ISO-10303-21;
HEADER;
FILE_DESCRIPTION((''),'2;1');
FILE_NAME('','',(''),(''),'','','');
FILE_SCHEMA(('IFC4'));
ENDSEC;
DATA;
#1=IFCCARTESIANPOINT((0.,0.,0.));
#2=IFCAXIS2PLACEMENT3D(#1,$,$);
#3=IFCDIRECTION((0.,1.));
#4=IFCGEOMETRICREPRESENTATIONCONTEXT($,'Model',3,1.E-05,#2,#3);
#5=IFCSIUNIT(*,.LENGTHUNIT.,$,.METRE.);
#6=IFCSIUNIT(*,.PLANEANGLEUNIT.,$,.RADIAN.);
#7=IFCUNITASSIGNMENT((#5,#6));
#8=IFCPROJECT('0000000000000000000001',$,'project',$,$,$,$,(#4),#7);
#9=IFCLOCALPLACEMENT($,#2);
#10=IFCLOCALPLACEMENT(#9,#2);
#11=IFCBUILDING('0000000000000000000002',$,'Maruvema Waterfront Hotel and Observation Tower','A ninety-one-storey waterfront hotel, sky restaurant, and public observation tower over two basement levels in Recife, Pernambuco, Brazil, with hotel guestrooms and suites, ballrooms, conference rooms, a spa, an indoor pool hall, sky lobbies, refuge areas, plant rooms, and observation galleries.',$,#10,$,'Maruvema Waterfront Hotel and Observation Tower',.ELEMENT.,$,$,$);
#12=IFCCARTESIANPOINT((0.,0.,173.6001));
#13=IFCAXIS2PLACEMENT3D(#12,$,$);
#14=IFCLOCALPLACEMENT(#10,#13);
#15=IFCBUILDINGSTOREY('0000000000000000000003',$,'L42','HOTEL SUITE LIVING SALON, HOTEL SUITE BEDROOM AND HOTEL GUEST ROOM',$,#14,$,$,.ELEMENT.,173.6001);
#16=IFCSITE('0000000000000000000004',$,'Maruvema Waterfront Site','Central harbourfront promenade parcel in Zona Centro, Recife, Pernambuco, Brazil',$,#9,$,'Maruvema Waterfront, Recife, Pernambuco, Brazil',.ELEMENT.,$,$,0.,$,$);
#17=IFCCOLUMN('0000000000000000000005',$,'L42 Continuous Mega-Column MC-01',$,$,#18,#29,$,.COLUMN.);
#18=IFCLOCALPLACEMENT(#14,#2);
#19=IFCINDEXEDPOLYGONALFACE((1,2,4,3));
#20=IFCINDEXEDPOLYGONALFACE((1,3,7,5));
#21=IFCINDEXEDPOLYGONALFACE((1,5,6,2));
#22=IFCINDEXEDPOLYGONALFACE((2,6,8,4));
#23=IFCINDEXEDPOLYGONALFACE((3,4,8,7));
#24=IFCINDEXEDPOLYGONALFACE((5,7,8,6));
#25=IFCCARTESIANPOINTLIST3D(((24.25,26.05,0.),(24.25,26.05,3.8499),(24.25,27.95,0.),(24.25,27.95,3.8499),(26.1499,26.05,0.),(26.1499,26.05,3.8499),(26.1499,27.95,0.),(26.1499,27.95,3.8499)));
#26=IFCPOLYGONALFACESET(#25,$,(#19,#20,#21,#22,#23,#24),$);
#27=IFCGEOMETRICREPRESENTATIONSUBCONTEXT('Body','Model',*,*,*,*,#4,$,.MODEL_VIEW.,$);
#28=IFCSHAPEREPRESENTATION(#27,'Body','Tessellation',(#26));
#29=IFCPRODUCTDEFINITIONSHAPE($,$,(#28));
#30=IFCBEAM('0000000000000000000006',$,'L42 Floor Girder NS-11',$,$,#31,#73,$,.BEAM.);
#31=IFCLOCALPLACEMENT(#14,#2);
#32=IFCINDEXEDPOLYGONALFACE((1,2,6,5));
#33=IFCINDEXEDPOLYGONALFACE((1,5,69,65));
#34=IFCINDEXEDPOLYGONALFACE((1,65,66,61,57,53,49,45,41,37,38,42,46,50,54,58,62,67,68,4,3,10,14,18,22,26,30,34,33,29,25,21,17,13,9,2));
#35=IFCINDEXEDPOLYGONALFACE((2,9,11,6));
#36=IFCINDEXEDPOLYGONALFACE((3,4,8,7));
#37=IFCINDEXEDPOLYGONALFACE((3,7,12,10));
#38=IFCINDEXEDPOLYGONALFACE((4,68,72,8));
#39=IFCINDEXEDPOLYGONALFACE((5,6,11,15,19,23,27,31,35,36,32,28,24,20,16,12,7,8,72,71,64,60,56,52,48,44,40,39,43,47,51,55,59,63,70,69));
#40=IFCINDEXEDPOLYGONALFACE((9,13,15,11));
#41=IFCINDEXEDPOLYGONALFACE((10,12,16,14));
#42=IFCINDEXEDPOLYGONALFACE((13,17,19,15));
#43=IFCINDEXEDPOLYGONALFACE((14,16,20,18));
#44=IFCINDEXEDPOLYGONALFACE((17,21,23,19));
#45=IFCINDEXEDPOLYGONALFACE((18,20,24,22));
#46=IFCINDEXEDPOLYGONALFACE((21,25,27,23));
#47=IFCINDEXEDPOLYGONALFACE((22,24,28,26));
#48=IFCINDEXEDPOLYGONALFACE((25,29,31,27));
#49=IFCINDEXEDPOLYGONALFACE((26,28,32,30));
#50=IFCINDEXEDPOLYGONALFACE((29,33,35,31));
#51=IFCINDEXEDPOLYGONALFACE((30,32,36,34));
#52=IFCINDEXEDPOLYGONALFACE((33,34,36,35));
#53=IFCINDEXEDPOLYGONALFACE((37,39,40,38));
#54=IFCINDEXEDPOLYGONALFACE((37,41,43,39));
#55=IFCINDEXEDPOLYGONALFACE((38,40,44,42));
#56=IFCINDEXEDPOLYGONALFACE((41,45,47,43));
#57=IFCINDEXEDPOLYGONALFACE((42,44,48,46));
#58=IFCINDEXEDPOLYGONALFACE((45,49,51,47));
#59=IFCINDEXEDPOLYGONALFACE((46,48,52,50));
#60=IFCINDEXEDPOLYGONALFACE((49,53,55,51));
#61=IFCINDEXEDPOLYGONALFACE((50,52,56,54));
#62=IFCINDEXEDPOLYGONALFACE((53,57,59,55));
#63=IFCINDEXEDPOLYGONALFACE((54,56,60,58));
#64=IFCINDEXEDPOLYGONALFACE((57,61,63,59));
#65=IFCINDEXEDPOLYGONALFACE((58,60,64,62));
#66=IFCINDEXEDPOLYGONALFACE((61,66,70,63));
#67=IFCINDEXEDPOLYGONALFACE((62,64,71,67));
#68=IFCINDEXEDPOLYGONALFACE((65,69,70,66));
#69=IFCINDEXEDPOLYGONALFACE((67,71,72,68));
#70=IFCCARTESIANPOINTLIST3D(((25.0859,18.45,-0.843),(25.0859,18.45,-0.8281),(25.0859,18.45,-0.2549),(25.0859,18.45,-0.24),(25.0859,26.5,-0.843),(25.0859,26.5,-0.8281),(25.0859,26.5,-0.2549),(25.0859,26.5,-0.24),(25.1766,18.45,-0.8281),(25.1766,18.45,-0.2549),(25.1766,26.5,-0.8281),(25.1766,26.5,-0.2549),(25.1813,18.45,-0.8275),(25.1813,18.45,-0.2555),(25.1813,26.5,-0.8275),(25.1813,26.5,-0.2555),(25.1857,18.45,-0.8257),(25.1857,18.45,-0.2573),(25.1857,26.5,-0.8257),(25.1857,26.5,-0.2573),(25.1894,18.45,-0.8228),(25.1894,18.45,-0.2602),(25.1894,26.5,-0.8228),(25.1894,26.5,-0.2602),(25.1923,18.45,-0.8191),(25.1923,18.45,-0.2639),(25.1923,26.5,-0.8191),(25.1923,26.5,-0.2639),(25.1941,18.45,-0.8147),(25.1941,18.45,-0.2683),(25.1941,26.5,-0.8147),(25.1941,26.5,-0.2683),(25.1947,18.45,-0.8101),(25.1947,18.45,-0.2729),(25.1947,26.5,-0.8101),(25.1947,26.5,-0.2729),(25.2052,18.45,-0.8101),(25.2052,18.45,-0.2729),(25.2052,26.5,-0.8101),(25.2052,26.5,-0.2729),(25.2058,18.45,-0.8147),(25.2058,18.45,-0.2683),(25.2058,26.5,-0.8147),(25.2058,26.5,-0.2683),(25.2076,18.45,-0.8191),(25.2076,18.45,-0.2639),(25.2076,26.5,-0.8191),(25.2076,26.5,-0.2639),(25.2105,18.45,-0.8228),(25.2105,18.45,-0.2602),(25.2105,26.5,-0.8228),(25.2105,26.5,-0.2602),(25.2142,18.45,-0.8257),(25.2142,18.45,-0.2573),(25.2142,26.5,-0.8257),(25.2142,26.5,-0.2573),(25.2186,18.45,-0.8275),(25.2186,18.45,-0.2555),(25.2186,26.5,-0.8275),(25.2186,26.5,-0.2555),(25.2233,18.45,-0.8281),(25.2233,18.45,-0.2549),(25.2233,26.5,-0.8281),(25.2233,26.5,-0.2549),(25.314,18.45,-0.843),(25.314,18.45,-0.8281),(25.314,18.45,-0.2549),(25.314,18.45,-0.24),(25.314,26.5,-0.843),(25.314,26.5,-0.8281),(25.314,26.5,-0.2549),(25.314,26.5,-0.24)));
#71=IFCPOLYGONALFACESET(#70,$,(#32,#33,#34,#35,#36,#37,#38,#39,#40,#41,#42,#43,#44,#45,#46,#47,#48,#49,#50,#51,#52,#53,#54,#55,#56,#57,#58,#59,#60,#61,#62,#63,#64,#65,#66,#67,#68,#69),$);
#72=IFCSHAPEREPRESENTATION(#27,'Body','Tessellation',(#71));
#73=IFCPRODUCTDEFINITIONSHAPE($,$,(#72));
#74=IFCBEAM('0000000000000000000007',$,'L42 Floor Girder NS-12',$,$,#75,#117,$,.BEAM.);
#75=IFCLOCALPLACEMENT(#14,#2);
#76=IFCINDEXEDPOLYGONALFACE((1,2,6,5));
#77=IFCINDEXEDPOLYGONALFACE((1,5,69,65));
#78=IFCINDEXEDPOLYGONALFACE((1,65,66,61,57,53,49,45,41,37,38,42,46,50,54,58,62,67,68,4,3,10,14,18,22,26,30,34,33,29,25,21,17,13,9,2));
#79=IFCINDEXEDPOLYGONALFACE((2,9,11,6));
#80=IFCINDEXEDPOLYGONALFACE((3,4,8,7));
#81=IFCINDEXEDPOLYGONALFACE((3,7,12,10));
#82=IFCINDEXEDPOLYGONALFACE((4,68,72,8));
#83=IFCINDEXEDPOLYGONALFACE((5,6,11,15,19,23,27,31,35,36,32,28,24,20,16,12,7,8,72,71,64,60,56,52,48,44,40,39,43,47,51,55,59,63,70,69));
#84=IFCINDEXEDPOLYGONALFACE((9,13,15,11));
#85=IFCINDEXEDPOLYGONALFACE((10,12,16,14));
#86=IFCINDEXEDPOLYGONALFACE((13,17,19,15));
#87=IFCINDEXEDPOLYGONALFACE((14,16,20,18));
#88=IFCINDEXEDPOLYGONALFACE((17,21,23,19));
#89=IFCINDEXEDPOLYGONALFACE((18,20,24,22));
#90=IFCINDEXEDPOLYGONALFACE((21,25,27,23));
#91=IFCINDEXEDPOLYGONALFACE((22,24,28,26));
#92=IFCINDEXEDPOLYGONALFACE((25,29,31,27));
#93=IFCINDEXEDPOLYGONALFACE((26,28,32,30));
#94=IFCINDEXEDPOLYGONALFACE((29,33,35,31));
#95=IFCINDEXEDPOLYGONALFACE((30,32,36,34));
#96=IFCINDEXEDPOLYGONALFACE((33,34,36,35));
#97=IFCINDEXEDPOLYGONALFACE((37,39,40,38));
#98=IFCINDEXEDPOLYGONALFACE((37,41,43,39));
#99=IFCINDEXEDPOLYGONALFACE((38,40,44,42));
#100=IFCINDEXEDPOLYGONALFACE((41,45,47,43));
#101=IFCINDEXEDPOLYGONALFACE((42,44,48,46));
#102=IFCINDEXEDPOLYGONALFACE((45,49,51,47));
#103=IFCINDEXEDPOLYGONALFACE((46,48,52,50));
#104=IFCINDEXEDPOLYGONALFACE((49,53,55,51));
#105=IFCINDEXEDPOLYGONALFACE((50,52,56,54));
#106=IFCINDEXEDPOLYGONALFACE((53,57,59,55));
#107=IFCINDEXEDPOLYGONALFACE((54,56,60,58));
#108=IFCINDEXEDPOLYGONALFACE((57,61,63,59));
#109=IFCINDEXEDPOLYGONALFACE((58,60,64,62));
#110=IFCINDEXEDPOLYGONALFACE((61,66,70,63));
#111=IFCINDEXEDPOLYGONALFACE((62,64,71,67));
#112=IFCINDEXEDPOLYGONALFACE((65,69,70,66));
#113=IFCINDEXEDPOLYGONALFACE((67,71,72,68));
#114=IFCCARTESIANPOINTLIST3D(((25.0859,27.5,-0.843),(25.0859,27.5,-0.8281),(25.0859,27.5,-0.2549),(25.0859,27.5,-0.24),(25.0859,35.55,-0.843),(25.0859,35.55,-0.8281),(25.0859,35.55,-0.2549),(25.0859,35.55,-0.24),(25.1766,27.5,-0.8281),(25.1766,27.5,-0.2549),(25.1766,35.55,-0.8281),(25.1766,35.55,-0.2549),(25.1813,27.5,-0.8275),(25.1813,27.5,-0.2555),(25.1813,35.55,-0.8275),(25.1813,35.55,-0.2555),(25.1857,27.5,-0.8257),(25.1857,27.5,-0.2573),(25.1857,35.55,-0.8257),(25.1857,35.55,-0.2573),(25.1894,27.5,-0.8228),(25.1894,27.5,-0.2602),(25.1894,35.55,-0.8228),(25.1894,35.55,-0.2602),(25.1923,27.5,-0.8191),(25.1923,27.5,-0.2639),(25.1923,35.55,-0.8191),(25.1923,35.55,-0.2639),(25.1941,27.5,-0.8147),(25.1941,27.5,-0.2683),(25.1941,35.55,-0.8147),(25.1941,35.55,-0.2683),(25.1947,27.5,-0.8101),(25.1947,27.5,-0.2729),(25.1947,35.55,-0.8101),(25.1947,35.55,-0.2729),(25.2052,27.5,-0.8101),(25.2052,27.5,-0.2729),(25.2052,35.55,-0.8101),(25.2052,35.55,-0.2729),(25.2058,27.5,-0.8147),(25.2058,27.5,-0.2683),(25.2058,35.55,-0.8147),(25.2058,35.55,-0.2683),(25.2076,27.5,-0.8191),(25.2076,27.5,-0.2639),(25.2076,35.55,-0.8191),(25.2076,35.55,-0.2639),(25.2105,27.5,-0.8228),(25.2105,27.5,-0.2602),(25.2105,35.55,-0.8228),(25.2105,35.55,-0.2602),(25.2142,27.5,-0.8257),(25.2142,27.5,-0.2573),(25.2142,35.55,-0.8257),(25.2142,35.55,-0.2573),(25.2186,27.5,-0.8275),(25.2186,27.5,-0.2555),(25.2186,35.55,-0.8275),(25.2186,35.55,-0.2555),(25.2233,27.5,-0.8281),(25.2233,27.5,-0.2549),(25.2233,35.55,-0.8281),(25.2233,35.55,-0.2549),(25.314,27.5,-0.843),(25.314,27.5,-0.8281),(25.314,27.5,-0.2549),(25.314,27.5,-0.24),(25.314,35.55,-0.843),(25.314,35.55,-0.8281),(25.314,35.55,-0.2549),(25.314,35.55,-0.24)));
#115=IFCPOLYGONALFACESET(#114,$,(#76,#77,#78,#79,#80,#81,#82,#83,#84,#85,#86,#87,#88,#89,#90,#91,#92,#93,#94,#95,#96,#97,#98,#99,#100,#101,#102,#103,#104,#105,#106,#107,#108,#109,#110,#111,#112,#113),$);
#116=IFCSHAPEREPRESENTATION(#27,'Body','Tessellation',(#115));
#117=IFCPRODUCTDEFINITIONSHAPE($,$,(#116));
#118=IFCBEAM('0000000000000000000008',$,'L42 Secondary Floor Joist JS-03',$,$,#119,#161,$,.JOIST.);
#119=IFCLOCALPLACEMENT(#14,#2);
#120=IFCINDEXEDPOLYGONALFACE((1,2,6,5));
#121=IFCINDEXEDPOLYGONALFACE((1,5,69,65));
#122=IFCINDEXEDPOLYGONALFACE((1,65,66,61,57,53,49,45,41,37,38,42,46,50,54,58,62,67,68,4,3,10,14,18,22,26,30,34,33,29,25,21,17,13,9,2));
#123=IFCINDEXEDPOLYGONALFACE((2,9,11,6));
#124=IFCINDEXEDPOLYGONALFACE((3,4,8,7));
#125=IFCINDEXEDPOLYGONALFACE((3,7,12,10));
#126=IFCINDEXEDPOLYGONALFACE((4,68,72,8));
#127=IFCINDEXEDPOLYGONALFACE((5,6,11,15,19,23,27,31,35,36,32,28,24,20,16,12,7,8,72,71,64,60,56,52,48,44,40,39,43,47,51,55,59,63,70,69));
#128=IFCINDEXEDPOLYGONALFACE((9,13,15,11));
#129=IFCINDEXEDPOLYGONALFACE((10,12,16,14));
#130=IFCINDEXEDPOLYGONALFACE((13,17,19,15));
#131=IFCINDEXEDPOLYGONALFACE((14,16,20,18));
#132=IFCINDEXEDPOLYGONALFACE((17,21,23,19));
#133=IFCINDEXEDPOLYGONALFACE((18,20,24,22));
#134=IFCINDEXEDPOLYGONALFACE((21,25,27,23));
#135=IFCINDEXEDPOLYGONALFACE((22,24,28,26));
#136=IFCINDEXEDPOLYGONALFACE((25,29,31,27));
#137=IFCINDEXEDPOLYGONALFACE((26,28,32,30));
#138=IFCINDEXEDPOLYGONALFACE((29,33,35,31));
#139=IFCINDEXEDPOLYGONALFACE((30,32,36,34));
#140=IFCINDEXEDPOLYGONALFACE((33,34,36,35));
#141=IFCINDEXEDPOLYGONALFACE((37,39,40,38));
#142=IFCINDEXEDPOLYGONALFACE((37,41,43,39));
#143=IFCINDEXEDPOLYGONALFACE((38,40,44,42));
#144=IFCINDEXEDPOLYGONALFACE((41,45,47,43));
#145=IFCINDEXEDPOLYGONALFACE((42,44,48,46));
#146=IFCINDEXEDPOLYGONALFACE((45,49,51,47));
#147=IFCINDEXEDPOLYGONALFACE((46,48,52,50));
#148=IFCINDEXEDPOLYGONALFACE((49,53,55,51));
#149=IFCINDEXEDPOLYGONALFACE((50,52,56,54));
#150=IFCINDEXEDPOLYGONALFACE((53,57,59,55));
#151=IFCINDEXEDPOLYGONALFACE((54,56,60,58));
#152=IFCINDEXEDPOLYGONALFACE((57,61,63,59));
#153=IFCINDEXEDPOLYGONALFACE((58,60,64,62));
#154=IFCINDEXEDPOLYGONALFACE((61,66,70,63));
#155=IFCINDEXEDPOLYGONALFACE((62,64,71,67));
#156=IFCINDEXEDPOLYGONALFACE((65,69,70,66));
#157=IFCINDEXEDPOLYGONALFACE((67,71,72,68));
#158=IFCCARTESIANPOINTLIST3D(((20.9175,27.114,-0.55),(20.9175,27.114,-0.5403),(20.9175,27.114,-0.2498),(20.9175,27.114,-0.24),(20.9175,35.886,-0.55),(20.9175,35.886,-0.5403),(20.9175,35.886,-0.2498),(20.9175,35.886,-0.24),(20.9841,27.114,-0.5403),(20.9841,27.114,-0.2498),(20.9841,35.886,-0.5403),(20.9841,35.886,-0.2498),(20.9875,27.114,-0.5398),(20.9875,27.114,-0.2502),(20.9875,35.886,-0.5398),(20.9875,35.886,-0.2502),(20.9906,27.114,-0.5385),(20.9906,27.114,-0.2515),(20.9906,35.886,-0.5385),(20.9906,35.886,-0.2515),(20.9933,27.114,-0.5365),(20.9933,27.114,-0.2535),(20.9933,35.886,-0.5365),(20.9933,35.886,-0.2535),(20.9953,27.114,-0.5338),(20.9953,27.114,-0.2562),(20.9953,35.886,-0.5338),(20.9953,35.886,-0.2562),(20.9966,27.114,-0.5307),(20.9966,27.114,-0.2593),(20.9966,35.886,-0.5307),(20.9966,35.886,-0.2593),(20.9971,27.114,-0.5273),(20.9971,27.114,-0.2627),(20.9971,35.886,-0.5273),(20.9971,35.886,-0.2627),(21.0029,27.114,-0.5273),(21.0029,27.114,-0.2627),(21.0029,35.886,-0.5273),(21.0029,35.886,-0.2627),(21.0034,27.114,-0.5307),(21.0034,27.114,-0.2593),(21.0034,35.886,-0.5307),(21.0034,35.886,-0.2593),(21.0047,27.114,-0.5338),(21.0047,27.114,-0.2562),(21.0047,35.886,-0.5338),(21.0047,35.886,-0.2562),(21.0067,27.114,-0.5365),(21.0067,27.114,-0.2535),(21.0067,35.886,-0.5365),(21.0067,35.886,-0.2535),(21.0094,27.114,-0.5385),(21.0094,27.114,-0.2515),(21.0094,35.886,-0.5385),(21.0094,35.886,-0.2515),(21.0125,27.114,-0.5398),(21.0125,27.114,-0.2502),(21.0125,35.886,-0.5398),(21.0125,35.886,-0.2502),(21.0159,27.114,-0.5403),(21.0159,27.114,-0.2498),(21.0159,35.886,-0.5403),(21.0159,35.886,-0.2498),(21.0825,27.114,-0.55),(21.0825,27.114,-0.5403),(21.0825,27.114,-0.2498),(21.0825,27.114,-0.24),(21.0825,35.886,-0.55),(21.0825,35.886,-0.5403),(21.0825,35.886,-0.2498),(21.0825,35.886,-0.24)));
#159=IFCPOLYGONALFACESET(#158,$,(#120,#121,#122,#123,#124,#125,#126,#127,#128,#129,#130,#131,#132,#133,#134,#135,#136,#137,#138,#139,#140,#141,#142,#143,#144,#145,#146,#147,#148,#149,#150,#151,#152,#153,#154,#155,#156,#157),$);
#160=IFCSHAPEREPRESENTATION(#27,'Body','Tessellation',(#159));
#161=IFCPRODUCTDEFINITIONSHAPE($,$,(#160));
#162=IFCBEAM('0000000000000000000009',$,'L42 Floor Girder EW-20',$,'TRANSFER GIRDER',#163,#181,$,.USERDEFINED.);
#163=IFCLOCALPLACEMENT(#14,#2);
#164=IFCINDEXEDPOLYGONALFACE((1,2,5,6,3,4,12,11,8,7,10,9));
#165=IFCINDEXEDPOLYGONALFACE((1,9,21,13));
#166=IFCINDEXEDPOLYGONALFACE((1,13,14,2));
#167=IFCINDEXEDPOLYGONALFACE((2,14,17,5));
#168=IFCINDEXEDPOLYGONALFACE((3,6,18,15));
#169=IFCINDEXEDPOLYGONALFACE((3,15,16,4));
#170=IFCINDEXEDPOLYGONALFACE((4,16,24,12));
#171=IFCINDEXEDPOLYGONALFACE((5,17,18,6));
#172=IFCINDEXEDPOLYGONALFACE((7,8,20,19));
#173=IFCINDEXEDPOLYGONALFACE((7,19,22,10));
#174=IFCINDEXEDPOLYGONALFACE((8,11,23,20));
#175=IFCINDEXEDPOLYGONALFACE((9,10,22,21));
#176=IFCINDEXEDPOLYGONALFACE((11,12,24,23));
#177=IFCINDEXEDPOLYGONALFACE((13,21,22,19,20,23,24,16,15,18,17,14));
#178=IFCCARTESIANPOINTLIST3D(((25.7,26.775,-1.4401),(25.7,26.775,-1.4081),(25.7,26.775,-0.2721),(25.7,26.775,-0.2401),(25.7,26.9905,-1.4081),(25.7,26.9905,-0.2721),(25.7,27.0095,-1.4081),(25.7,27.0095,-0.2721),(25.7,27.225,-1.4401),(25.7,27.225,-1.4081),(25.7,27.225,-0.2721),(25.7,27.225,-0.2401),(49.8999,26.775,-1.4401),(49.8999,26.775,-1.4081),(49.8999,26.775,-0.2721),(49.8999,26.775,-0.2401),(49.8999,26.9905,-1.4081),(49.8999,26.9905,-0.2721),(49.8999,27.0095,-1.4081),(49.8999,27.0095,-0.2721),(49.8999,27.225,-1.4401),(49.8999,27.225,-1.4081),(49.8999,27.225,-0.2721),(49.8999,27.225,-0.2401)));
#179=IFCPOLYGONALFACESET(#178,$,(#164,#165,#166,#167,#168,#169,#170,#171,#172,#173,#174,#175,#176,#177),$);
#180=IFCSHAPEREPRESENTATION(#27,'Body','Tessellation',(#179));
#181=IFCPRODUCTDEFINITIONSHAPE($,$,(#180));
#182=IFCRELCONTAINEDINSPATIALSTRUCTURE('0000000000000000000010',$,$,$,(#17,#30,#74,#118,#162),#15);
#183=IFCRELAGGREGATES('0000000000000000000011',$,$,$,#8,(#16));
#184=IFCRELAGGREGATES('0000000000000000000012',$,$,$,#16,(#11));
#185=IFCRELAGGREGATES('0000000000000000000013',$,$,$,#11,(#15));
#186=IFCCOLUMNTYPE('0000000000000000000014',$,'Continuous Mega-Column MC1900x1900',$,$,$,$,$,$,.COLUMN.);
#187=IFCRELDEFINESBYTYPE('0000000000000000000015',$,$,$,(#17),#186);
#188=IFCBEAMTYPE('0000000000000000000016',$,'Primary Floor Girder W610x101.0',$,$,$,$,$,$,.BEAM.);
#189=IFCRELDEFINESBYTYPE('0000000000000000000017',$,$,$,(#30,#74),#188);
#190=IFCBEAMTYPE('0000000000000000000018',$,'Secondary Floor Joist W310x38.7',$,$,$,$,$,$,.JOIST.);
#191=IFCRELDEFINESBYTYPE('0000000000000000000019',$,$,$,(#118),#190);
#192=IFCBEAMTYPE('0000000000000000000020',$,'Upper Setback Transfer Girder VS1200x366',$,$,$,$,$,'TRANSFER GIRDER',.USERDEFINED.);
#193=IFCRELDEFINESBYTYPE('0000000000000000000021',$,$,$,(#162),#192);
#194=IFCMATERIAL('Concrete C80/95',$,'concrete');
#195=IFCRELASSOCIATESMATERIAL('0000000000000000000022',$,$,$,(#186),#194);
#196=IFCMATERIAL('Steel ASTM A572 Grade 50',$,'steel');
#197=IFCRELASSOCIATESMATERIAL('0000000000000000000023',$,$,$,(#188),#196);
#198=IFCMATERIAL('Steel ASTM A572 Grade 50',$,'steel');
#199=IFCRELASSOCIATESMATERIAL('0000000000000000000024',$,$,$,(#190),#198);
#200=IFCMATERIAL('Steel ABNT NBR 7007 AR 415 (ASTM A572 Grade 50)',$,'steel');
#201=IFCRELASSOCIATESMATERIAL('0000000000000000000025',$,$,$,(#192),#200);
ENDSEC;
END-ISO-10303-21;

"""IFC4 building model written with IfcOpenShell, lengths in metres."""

from ifc_helpers import new_model, si_unit, direction, frame, origin, origin_2d, place, context, subcontext, project, spatial, rectangle, i_section, extrude, material, material_profile, profile_set, type_object, element, save


model = new_model("IFC4")

# Units and contexts
model_context = context("Model", 3, precision=1e-05, world=origin(), true_north=direction((0.0, 1.0)))
body_context = subcontext(model_context, "Body", "Model", "MODEL_VIEW")
ifc_project = project(units=[si_unit("LENGTHUNIT", "METRE"), si_unit("PLANEANGLEUNIT", "RADIAN")], contexts=[model_context])

# Site, building, storey
site_placement = place(None, origin())
site = spatial("IfcSite", under=ifc_project, at=site_placement, Name="Maruvema Waterfront Site", Description="Central harbourfront promenade parcel in Zona Centro, Recife, Pernambuco, Brazil", LongName="Maruvema Waterfront, Recife, Pernambuco, Brazil", CompositionType="ELEMENT", RefElevation=0.0)
building_placement = place(site_placement, origin())
building = spatial("IfcBuilding", under=site, at=building_placement, Name="Maruvema Waterfront Hotel and Observation Tower", Description="A ninety-one-storey waterfront hotel, sky restaurant, and public observation tower over two basement levels in Recife, Pernambuco, Brazil, with hotel guestrooms and suites, ballrooms, conference rooms, a spa, an indoor pool hall, sky lobbies, refuge areas, plant rooms, and observation galleries.", LongName="Maruvema Waterfront Hotel and Observation Tower", CompositionType="ELEMENT")
storey_placement = place(building_placement, frame((0.0, 0.0, 173.6001)))
storey = spatial("IfcBuildingStorey", under=building, at=storey_placement, Name="L42", Description="HOTEL SUITE LIVING SALON, HOTEL SUITE BEDROOM AND HOTEL GUEST ROOM", CompositionType="ELEMENT", Elevation=173.6001)

# Column
ifc_material_1 = material(Name="Concrete C80/95", Category="concrete")
ifc_material_profile_1 = material_profile(ifc_material_1, rectangle(XDim=1.8999, YDim=1.8999, at=origin_2d()), Name="MC1900x1900")
ifc_profile_set_1 = profile_set([ifc_material_profile_1], Name="Concrete C80/95")
column_type = type_object("IfcColumnType", Name="Continuous Mega-Column MC1900x1900", PredefinedType="COLUMN", material=ifc_profile_set_1)
column_placement = place(storey_placement, frame((25.2, 27.0, 0.0), z_axis=(0.0, 0.0, 1.0), x_axis=(1.0, 0.0, 0.0)))
element("IfcColumn", 1, at=column_placement, inside=storey, type_object=column_type, Name="L42 Continuous Mega-Column MC-01", PredefinedType="COLUMN", context=body_context, shape_type="SweptSolid", body=[
    extrude(rectangle(XDim=1.8999, YDim=1.8999, at=origin_2d()), origin(), (0.0, 0.0, 1.0), 3.8499),
])

# Beams
ifc_material_2 = material(Name="Steel ASTM A572 Grade 50", Category="steel")
ifc_material_profile_2 = material_profile(ifc_material_2, i_section(OverallWidth=0.228, OverallDepth=0.603, WebThickness=0.0105, FlangeThickness=0.0149, FilletRadius=0.0181, at=origin_2d()), Name="W610x101.0")
ifc_profile_set_2 = profile_set([ifc_material_profile_2], Name="Steel ASTM A572 Grade 50")
beam_type_1 = type_object("IfcBeamType", Name="Primary Floor Girder W610x101.0", PredefinedType="BEAM", material=ifc_profile_set_2)
for number, where, z_axis, x_axis, name in (
    (2, (25.2, 18.45, -0.5415), (0.0, 1.0, 0.0), (-1.0, 0.0, 0.0), "L42 Floor Girder NS-11"),
    (3, (25.2, 27.5, -0.5415), (0.0, 1.0, 0.0), (-1.0, 0.0, 0.0), "L42 Floor Girder NS-12"),
):
    element("IfcBeam", number, at=place(storey_placement, frame(where, z_axis=z_axis, x_axis=x_axis)), inside=storey, type_object=beam_type_1, Name=name, PredefinedType="BEAM", context=body_context, shape_type="SweptSolid", body=[
        extrude(i_section(OverallWidth=0.228, OverallDepth=0.603, WebThickness=0.0105, FlangeThickness=0.0149, FilletRadius=0.0181, at=origin_2d()), origin(), (0.0, 0.0, 1.0), 8.05),
    ])
ifc_material_3 = material(Name="Steel ASTM A572 Grade 50", Category="steel")
ifc_material_profile_3 = material_profile(ifc_material_3, i_section(OverallWidth=0.165, OverallDepth=0.3101, WebThickness=0.0059, FlangeThickness=0.0098, FilletRadius=0.0129, at=origin_2d()), Name="W310x38.7")
ifc_profile_set_3 = profile_set([ifc_material_profile_3], Name="Steel ASTM A572 Grade 50")
beam_type_2 = type_object("IfcBeamType", Name="Secondary Floor Joist W310x38.7", PredefinedType="JOIST", material=ifc_profile_set_3)
beam_1_placement = place(storey_placement, frame((21.0, 27.114, -0.395), z_axis=(0.0, 1.0, 0.0), x_axis=(-1.0, 0.0, 0.0)))
element("IfcBeam", 4, at=beam_1_placement, inside=storey, type_object=beam_type_2, Name="L42 Secondary Floor Joist JS-03", PredefinedType="JOIST", context=body_context, shape_type="SweptSolid", body=[
    extrude(i_section(OverallWidth=0.165, OverallDepth=0.3101, WebThickness=0.0059, FlangeThickness=0.0098, FilletRadius=0.0129, at=origin_2d()), origin(), (0.0, 0.0, 1.0), 8.772),
])
ifc_material_4 = material(Name="Steel ABNT NBR 7007 AR 415 (ASTM A572 Grade 50)", Category="steel")
ifc_material_profile_4 = material_profile(ifc_material_4, i_section(OverallWidth=0.45, OverallDepth=1.2, WebThickness=0.019, FlangeThickness=0.032, at=origin_2d()), Name="VS1200x366")
ifc_profile_set_4 = profile_set([ifc_material_profile_4], Name="Steel ABNT NBR 7007 AR 415 (ASTM A572 Grade 50)")
beam_type_3 = type_object("IfcBeamType", Name="Upper Setback Transfer Girder VS1200x366", ElementType="TRANSFER GIRDER", PredefinedType="USERDEFINED", material=ifc_profile_set_4)
beam_2_placement = place(storey_placement, frame((25.7, 27.0, -0.8401), z_axis=(1.0, 0.0, 0.0), x_axis=(0.0, 1.0, 0.0)))
element("IfcBeam", 5, at=beam_2_placement, inside=storey, type_object=beam_type_3, Name="L42 Floor Girder EW-20", ObjectType="TRANSFER GIRDER", PredefinedType="USERDEFINED", context=body_context, shape_type="SweptSolid", body=[
    extrude(i_section(OverallWidth=0.45, OverallDepth=1.2, WebThickness=0.019, FlangeThickness=0.032, at=origin_2d()), origin(), (0.0, 0.0, 1.0), 24.2),
])

save(model, "model.ifc")
